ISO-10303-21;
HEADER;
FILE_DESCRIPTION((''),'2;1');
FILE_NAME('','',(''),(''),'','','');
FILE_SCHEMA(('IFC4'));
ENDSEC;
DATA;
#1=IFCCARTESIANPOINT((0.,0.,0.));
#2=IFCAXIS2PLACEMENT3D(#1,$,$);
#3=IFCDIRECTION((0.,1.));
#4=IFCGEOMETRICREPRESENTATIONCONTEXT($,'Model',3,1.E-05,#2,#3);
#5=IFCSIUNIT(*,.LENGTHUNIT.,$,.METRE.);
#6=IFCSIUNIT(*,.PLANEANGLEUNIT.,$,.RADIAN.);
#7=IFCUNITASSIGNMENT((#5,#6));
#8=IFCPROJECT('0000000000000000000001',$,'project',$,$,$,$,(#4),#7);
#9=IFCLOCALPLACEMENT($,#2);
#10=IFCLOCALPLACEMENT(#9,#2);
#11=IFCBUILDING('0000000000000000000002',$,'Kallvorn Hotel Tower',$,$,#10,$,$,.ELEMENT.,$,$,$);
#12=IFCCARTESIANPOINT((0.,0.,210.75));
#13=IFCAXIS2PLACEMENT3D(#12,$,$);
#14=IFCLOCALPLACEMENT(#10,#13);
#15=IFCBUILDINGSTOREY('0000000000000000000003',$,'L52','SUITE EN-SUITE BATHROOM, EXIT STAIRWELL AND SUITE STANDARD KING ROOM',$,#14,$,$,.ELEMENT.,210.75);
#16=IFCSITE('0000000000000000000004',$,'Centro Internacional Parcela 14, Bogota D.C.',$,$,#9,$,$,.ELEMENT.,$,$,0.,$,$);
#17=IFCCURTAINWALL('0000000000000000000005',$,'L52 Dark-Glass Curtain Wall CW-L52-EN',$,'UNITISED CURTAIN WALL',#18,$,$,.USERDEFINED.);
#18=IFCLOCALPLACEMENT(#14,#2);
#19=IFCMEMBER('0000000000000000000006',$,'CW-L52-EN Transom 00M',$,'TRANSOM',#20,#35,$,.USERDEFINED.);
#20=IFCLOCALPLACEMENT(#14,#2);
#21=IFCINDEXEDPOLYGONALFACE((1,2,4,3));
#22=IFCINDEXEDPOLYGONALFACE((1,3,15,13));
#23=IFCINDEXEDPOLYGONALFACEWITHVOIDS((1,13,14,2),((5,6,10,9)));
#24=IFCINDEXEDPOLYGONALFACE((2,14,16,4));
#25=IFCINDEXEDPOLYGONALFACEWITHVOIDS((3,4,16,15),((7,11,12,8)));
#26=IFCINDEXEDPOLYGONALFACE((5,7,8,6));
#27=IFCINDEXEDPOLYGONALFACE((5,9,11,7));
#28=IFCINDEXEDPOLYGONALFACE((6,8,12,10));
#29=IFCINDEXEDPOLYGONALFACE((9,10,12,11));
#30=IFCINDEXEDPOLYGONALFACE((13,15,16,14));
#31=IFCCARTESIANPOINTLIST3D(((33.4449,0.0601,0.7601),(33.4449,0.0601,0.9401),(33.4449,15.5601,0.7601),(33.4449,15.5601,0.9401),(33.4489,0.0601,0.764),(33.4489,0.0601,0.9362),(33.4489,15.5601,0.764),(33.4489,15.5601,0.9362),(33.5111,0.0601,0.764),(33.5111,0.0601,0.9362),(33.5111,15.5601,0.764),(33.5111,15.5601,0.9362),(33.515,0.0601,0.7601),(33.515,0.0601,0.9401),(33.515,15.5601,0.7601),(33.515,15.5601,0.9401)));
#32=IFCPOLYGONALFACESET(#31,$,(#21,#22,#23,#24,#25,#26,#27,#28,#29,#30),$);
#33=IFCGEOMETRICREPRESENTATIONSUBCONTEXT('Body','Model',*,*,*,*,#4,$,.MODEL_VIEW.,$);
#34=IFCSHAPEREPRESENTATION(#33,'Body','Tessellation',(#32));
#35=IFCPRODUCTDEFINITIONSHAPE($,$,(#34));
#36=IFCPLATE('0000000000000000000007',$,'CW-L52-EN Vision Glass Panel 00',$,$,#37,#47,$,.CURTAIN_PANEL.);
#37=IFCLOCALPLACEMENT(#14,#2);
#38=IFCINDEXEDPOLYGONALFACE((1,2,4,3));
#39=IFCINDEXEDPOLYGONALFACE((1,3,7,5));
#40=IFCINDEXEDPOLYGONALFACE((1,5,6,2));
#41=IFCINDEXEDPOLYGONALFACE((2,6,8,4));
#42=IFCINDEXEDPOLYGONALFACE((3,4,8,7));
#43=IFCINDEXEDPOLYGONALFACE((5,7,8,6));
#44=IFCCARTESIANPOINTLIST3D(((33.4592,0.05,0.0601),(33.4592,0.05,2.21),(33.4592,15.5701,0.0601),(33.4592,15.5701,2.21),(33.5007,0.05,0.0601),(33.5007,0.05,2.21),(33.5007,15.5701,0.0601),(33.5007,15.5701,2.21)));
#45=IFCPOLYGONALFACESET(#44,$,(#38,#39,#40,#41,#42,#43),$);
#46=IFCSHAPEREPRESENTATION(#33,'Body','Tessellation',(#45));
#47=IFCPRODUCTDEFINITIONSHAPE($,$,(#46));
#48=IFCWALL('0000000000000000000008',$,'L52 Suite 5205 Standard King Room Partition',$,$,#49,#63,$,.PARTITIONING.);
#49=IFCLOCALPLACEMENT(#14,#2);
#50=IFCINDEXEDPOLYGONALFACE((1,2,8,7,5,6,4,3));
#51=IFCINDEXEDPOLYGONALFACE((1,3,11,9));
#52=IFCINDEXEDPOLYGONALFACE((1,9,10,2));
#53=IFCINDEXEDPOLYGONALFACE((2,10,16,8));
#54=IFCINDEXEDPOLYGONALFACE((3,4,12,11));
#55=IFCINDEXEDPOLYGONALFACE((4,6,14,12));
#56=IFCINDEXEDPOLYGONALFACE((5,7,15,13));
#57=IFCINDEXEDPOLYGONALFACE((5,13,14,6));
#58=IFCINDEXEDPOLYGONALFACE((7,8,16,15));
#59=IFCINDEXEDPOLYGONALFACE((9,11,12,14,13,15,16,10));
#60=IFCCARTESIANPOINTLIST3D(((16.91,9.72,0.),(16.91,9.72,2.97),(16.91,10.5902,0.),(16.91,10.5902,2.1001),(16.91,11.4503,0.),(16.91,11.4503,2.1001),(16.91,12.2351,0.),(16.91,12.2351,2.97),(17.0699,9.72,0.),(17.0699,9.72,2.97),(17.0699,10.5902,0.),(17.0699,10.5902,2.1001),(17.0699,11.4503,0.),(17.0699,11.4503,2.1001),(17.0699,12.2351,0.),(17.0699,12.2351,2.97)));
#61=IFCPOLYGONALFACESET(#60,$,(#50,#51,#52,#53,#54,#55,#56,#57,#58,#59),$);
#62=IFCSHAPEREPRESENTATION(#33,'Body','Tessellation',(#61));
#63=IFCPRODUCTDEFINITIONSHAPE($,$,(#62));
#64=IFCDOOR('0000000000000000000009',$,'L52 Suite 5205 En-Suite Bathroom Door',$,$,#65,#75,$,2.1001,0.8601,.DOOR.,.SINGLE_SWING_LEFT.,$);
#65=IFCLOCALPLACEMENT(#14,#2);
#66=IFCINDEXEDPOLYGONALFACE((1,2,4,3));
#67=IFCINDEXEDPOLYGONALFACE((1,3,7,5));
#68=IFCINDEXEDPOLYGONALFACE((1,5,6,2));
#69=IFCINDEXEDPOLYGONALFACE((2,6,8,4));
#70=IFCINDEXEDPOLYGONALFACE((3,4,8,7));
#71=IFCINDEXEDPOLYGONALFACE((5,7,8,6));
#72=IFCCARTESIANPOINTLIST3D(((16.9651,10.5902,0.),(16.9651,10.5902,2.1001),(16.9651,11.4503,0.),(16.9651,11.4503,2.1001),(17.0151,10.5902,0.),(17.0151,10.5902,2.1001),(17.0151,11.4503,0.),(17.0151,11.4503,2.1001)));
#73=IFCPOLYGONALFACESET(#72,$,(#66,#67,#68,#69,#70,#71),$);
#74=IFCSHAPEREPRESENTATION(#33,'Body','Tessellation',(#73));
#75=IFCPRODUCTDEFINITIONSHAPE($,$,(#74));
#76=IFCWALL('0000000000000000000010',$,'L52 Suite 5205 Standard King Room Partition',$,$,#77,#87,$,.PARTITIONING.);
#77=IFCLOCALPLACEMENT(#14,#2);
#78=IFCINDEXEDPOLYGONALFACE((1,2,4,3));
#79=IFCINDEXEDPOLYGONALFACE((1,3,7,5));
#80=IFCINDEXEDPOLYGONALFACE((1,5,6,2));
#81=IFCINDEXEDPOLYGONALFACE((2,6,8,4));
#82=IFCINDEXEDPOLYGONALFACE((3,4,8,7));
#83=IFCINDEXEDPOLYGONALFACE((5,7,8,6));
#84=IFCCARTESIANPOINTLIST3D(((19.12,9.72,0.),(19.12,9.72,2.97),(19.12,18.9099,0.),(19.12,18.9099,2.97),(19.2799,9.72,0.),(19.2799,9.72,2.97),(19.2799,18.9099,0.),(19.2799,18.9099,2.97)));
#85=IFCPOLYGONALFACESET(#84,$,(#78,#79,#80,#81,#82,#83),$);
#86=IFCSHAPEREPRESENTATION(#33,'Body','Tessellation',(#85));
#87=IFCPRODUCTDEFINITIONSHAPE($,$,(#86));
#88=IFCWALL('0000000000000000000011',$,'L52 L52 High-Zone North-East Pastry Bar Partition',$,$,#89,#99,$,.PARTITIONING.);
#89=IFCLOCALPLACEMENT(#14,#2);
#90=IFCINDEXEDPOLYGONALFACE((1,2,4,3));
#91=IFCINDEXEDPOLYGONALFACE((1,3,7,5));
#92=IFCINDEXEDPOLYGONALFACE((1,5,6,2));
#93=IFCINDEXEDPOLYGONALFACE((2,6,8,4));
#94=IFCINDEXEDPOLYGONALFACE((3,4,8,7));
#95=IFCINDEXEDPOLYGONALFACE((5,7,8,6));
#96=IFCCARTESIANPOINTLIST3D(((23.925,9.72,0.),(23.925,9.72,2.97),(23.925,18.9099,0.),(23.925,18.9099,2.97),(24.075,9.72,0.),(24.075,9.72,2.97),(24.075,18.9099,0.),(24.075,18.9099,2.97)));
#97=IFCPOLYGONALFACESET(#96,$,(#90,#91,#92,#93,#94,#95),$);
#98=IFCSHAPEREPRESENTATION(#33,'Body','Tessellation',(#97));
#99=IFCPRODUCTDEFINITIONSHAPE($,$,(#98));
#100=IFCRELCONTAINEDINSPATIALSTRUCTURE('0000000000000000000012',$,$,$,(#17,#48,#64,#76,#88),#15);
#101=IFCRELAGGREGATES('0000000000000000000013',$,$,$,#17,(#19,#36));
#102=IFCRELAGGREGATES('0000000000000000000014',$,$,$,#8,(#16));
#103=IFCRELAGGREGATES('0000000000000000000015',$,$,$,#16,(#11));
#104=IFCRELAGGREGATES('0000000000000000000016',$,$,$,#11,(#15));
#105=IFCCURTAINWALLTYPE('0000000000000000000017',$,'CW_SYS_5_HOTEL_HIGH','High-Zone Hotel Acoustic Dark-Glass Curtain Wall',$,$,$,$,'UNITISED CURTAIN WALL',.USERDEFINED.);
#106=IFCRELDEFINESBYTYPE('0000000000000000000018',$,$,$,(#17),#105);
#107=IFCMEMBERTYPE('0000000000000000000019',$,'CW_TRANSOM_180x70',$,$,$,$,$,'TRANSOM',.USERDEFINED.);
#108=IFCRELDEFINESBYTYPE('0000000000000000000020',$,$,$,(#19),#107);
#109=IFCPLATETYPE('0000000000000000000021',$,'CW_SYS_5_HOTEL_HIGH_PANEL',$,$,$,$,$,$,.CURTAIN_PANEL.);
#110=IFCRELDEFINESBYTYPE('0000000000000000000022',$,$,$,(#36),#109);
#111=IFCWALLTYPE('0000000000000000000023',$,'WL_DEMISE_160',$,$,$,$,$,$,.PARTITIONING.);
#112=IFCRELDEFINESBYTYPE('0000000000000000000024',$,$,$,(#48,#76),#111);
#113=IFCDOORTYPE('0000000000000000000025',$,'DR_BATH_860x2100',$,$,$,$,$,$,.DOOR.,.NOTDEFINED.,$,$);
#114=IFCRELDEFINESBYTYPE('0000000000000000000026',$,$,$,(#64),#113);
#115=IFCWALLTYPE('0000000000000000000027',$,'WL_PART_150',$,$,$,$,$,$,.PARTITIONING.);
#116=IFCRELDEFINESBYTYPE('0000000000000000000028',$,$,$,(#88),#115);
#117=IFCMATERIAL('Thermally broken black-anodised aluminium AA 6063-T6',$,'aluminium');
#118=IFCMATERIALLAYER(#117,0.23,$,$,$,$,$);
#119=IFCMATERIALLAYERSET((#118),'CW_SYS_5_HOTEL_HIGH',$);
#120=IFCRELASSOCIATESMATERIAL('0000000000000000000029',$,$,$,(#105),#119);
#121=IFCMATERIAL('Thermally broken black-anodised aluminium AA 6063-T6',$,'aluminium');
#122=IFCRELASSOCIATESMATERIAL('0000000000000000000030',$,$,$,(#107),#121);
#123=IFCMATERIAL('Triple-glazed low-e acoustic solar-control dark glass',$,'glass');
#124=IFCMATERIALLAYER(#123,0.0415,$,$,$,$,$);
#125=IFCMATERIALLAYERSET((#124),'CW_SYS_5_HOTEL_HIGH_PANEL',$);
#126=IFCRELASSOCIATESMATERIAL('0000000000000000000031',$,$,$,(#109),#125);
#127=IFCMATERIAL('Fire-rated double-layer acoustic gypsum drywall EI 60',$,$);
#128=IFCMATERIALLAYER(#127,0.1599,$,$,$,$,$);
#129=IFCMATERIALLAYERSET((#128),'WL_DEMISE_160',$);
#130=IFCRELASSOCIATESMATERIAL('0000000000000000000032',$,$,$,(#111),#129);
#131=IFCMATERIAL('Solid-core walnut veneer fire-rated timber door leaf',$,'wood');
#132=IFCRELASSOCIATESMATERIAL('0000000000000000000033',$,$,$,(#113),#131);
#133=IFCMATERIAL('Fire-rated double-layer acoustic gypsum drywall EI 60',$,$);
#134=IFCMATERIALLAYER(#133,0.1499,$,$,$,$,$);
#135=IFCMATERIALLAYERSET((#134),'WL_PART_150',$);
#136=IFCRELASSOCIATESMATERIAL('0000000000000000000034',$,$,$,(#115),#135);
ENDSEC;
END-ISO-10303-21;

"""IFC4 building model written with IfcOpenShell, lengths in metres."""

from ifc_helpers import new_model, si_unit, direction, frame, frame_2d, origin, origin_2d, place, context, subcontext, project, spatial, rectangle, hollow_rectangle, extrude, material, layer, layer_set, material_profile, profile_set, type_object, element, fill, aggregate, save


model = new_model("IFC4")

# Units and contexts
model_context = context("Model", 3, precision=1e-05, world=origin(), true_north=direction((0.0, 1.0)))
body_context = subcontext(model_context, "Body", "Model", "MODEL_VIEW")
ifc_project = project(units=[si_unit("LENGTHUNIT", "METRE"), si_unit("PLANEANGLEUNIT", "RADIAN")], contexts=[model_context])

# Site, building, storey
site_placement = place(None, origin())
site = spatial("IfcSite", under=ifc_project, at=site_placement, Name="Centro Internacional Parcela 14, Bogota D.C.", CompositionType="ELEMENT", RefElevation=0.0)
building_placement = place(site_placement, origin())
building = spatial("IfcBuilding", under=site, at=building_placement, Name="Kallvorn Hotel Tower", CompositionType="ELEMENT")
storey_placement = place(building_placement, frame((0.0, 0.0, 210.75)))
storey = spatial("IfcBuildingStorey", under=building, at=storey_placement, Name="L52", Description="SUITE EN-SUITE BATHROOM, EXIT STAIRWELL AND SUITE STANDARD KING ROOM", CompositionType="ELEMENT", Elevation=210.75)

# Curtain wall, member, plate
ifc_material_1 = material(Name="Thermally broken black-anodised aluminium AA 6063-T6", Category="aluminium")
ifc_layer_1 = layer(ifc_material_1, 0.23)
ifc_layer_set_1 = layer_set([ifc_layer_1], Name="CW_SYS_5_HOTEL_HIGH")
curtain_wall_type = type_object("IfcCurtainWallType", Name="CW_SYS_5_HOTEL_HIGH", Description="High-Zone Hotel Acoustic Dark-Glass Curtain Wall", ElementType="UNITISED CURTAIN WALL", PredefinedType="USERDEFINED", material=ifc_layer_set_1)
curtain_wall_placement = place(storey_placement, origin())
curtain_wall = element("IfcCurtainWall", 1, at=curtain_wall_placement, inside=storey, type_object=curtain_wall_type, Name="L52 Dark-Glass Curtain Wall CW-L52-EN", ObjectType="UNITISED CURTAIN WALL", PredefinedType="USERDEFINED")
ifc_material_2 = material(Name="Thermally broken black-anodised aluminium AA 6063-T6", Category="aluminium")
ifc_material_profile_1 = material_profile(ifc_material_2, hollow_rectangle(XDim=0.0701, YDim=0.1799, WallThickness=0.0039, at=origin_2d()), Name="TRN 180x70")
ifc_profile_set_1 = profile_set([ifc_material_profile_1], Name="Thermally broken black-anodised aluminium AA 6063-T6")
member_type_1 = type_object("IfcMemberType", Name="CW_TRANSOM_180x70", ElementType="TRANSOM", PredefinedType="USERDEFINED", material=ifc_profile_set_1)
member_1_placement = place(storey_placement, frame((33.48, 0.0601, 0.8501), z_axis=(0.0, 1.0, 0.0), x_axis=(-1.0, 0.0, 0.0)))
member_1 = element("IfcMember", 2, at=member_1_placement, type_object=member_type_1, Name="CW-L52-EN Transom 00M", ObjectType="TRANSOM", PredefinedType="USERDEFINED", context=body_context, shape_type="SweptSolid", body=[
    extrude(hollow_rectangle(XDim=0.0701, YDim=0.1799, WallThickness=0.0039, at=origin_2d()), origin(), (0.0, 0.0, 1.0), 15.5),
])
ifc_material_3 = material(Name="Triple-glazed low-e acoustic solar-control dark glass", Category="glass")
ifc_layer_2 = layer(ifc_material_3, 0.0415)
ifc_layer_set_2 = layer_set([ifc_layer_2], Name="CW_SYS_5_HOTEL_HIGH_PANEL")
plate_type = type_object("IfcPlateType", Name="CW_SYS_5_HOTEL_HIGH_PANEL", PredefinedType="CURTAIN_PANEL", material=ifc_layer_set_2)
plate_placement = place(storey_placement, frame((33.48, 7.8101, 0.0601), z_axis=(0.0, 0.0, 1.0), x_axis=(0.0, 1.0, 0.0)))
plate = element("IfcPlate", 3, at=plate_placement, type_object=plate_type, Name="CW-L52-EN Vision Glass Panel 00", PredefinedType="CURTAIN_PANEL", context=body_context, shape_type="SweptSolid", body=[
    extrude(rectangle(XDim=15.52, YDim=0.0415, at=origin_2d()), origin(), (0.0, 0.0, 1.0), 2.1499),
])
aggregate(curtain_wall, [member_1, plate])

# Wall, opening, door
ifc_material_4 = material(Name="Fire-rated double-layer acoustic gypsum drywall EI 60")
ifc_layer_3 = layer(ifc_material_4, 0.1599)
ifc_layer_set_3 = layer_set([ifc_layer_3], Name="WL_DEMISE_160")
wall_type_1 = type_object("IfcWallType", Name="WL_DEMISE_160", PredefinedType="PARTITIONING", material=ifc_layer_set_3)
wall_1_placement = place(storey_placement, frame((16.99, 9.72, 0.0), z_axis=(0.0, 0.0, 1.0), x_axis=(0.0, 1.0, 0.0)))
wall_1 = element("IfcWall", 4, at=wall_1_placement, inside=storey, type_object=wall_type_1, Name="L52 Suite 5205 Standard King Room Partition", PredefinedType="PARTITIONING", context=body_context, shape_type="SweptSolid", body=[
    extrude(rectangle(XDim=2.5151, YDim=0.1599, at=frame_2d((1.2576, 0.0))), origin(), (0.0, 0.0, 1.0), 2.97),
])
opening_placement = place(wall_1_placement, frame((0.8701, 0.0, 0.0)))
opening = element("IfcOpeningElement", 5, at=opening_placement, cuts=wall_1, PredefinedType="OPENING", context=body_context, shape_type="SweptSolid", body=[
    extrude(rectangle(XDim=0.8601, YDim=2.1001, at=frame_2d((0.4302, 1.05))), frame((0.0, 0.095, 0.0), z_axis=(0.0, -1.0, 0.0), x_axis=(1.0, 0.0, 0.0)), (0.0, 0.0, 1.0), 0.1899),
])
ifc_material_5 = material(Name="Solid-core walnut veneer fire-rated timber door leaf", Category="wood")
door_type = type_object("IfcDoorType", Name="DR_BATH_860x2100", OperationType="NOTDEFINED", PredefinedType="DOOR", material=ifc_material_5)
door_placement = place(opening_placement, origin())
door = element("IfcDoor", 6, at=door_placement, inside=storey, type_object=door_type, Name="L52 Suite 5205 En-Suite Bathroom Door", OperationType="SINGLE_SWING_LEFT", OverallHeight=2.1001, OverallWidth=0.8601, PredefinedType="DOOR", context=body_context, shape_type="SweptSolid", body=[
    extrude(rectangle(XDim=0.8601, YDim=2.1001, at=frame_2d((0.4302, 1.05))), frame((0.0, 0.0249, 0.0), z_axis=(0.0, -1.0, 0.0), x_axis=(1.0, 0.0, 0.0)), (0.0, 0.0, 1.0), 0.05),
])
fill(opening, door)

# Walls
wall_2_placement = place(storey_placement, frame((19.2, 9.72, 0.0), z_axis=(0.0, 0.0, 1.0), x_axis=(0.0, 1.0, 0.0)))
element("IfcWall", 7, at=wall_2_placement, inside=storey, type_object=wall_type_1, Name="L52 Suite 5205 Standard King Room Partition", PredefinedType="PARTITIONING", context=body_context, shape_type="SweptSolid", body=[
    extrude(rectangle(XDim=9.1899, YDim=0.1599, at=frame_2d((4.595, 0.0))), origin(), (0.0, 0.0, 1.0), 2.97),
])
ifc_material_6 = material(Name="Fire-rated double-layer acoustic gypsum drywall EI 60")
ifc_layer_4 = layer(ifc_material_6, 0.1499)
ifc_layer_set_4 = layer_set([ifc_layer_4], Name="WL_PART_150")
wall_type_2 = type_object("IfcWallType", Name="WL_PART_150", PredefinedType="PARTITIONING", material=ifc_layer_set_4)
wall_3_placement = place(storey_placement, frame((24.0, 9.72, 0.0), z_axis=(0.0, 0.0, 1.0), x_axis=(0.0, 1.0, 0.0)))
element("IfcWall", 8, at=wall_3_placement, inside=storey, type_object=wall_type_2, Name="L52 L52 High-Zone North-East Pastry Bar Partition", PredefinedType="PARTITIONING", context=body_context, shape_type="SweptSolid", body=[
    extrude(rectangle(XDim=9.1899, YDim=0.1499, at=frame_2d((4.595, 0.0))), origin(), (0.0, 0.0, 1.0), 2.97),
])

save(model, "model.ifc")
